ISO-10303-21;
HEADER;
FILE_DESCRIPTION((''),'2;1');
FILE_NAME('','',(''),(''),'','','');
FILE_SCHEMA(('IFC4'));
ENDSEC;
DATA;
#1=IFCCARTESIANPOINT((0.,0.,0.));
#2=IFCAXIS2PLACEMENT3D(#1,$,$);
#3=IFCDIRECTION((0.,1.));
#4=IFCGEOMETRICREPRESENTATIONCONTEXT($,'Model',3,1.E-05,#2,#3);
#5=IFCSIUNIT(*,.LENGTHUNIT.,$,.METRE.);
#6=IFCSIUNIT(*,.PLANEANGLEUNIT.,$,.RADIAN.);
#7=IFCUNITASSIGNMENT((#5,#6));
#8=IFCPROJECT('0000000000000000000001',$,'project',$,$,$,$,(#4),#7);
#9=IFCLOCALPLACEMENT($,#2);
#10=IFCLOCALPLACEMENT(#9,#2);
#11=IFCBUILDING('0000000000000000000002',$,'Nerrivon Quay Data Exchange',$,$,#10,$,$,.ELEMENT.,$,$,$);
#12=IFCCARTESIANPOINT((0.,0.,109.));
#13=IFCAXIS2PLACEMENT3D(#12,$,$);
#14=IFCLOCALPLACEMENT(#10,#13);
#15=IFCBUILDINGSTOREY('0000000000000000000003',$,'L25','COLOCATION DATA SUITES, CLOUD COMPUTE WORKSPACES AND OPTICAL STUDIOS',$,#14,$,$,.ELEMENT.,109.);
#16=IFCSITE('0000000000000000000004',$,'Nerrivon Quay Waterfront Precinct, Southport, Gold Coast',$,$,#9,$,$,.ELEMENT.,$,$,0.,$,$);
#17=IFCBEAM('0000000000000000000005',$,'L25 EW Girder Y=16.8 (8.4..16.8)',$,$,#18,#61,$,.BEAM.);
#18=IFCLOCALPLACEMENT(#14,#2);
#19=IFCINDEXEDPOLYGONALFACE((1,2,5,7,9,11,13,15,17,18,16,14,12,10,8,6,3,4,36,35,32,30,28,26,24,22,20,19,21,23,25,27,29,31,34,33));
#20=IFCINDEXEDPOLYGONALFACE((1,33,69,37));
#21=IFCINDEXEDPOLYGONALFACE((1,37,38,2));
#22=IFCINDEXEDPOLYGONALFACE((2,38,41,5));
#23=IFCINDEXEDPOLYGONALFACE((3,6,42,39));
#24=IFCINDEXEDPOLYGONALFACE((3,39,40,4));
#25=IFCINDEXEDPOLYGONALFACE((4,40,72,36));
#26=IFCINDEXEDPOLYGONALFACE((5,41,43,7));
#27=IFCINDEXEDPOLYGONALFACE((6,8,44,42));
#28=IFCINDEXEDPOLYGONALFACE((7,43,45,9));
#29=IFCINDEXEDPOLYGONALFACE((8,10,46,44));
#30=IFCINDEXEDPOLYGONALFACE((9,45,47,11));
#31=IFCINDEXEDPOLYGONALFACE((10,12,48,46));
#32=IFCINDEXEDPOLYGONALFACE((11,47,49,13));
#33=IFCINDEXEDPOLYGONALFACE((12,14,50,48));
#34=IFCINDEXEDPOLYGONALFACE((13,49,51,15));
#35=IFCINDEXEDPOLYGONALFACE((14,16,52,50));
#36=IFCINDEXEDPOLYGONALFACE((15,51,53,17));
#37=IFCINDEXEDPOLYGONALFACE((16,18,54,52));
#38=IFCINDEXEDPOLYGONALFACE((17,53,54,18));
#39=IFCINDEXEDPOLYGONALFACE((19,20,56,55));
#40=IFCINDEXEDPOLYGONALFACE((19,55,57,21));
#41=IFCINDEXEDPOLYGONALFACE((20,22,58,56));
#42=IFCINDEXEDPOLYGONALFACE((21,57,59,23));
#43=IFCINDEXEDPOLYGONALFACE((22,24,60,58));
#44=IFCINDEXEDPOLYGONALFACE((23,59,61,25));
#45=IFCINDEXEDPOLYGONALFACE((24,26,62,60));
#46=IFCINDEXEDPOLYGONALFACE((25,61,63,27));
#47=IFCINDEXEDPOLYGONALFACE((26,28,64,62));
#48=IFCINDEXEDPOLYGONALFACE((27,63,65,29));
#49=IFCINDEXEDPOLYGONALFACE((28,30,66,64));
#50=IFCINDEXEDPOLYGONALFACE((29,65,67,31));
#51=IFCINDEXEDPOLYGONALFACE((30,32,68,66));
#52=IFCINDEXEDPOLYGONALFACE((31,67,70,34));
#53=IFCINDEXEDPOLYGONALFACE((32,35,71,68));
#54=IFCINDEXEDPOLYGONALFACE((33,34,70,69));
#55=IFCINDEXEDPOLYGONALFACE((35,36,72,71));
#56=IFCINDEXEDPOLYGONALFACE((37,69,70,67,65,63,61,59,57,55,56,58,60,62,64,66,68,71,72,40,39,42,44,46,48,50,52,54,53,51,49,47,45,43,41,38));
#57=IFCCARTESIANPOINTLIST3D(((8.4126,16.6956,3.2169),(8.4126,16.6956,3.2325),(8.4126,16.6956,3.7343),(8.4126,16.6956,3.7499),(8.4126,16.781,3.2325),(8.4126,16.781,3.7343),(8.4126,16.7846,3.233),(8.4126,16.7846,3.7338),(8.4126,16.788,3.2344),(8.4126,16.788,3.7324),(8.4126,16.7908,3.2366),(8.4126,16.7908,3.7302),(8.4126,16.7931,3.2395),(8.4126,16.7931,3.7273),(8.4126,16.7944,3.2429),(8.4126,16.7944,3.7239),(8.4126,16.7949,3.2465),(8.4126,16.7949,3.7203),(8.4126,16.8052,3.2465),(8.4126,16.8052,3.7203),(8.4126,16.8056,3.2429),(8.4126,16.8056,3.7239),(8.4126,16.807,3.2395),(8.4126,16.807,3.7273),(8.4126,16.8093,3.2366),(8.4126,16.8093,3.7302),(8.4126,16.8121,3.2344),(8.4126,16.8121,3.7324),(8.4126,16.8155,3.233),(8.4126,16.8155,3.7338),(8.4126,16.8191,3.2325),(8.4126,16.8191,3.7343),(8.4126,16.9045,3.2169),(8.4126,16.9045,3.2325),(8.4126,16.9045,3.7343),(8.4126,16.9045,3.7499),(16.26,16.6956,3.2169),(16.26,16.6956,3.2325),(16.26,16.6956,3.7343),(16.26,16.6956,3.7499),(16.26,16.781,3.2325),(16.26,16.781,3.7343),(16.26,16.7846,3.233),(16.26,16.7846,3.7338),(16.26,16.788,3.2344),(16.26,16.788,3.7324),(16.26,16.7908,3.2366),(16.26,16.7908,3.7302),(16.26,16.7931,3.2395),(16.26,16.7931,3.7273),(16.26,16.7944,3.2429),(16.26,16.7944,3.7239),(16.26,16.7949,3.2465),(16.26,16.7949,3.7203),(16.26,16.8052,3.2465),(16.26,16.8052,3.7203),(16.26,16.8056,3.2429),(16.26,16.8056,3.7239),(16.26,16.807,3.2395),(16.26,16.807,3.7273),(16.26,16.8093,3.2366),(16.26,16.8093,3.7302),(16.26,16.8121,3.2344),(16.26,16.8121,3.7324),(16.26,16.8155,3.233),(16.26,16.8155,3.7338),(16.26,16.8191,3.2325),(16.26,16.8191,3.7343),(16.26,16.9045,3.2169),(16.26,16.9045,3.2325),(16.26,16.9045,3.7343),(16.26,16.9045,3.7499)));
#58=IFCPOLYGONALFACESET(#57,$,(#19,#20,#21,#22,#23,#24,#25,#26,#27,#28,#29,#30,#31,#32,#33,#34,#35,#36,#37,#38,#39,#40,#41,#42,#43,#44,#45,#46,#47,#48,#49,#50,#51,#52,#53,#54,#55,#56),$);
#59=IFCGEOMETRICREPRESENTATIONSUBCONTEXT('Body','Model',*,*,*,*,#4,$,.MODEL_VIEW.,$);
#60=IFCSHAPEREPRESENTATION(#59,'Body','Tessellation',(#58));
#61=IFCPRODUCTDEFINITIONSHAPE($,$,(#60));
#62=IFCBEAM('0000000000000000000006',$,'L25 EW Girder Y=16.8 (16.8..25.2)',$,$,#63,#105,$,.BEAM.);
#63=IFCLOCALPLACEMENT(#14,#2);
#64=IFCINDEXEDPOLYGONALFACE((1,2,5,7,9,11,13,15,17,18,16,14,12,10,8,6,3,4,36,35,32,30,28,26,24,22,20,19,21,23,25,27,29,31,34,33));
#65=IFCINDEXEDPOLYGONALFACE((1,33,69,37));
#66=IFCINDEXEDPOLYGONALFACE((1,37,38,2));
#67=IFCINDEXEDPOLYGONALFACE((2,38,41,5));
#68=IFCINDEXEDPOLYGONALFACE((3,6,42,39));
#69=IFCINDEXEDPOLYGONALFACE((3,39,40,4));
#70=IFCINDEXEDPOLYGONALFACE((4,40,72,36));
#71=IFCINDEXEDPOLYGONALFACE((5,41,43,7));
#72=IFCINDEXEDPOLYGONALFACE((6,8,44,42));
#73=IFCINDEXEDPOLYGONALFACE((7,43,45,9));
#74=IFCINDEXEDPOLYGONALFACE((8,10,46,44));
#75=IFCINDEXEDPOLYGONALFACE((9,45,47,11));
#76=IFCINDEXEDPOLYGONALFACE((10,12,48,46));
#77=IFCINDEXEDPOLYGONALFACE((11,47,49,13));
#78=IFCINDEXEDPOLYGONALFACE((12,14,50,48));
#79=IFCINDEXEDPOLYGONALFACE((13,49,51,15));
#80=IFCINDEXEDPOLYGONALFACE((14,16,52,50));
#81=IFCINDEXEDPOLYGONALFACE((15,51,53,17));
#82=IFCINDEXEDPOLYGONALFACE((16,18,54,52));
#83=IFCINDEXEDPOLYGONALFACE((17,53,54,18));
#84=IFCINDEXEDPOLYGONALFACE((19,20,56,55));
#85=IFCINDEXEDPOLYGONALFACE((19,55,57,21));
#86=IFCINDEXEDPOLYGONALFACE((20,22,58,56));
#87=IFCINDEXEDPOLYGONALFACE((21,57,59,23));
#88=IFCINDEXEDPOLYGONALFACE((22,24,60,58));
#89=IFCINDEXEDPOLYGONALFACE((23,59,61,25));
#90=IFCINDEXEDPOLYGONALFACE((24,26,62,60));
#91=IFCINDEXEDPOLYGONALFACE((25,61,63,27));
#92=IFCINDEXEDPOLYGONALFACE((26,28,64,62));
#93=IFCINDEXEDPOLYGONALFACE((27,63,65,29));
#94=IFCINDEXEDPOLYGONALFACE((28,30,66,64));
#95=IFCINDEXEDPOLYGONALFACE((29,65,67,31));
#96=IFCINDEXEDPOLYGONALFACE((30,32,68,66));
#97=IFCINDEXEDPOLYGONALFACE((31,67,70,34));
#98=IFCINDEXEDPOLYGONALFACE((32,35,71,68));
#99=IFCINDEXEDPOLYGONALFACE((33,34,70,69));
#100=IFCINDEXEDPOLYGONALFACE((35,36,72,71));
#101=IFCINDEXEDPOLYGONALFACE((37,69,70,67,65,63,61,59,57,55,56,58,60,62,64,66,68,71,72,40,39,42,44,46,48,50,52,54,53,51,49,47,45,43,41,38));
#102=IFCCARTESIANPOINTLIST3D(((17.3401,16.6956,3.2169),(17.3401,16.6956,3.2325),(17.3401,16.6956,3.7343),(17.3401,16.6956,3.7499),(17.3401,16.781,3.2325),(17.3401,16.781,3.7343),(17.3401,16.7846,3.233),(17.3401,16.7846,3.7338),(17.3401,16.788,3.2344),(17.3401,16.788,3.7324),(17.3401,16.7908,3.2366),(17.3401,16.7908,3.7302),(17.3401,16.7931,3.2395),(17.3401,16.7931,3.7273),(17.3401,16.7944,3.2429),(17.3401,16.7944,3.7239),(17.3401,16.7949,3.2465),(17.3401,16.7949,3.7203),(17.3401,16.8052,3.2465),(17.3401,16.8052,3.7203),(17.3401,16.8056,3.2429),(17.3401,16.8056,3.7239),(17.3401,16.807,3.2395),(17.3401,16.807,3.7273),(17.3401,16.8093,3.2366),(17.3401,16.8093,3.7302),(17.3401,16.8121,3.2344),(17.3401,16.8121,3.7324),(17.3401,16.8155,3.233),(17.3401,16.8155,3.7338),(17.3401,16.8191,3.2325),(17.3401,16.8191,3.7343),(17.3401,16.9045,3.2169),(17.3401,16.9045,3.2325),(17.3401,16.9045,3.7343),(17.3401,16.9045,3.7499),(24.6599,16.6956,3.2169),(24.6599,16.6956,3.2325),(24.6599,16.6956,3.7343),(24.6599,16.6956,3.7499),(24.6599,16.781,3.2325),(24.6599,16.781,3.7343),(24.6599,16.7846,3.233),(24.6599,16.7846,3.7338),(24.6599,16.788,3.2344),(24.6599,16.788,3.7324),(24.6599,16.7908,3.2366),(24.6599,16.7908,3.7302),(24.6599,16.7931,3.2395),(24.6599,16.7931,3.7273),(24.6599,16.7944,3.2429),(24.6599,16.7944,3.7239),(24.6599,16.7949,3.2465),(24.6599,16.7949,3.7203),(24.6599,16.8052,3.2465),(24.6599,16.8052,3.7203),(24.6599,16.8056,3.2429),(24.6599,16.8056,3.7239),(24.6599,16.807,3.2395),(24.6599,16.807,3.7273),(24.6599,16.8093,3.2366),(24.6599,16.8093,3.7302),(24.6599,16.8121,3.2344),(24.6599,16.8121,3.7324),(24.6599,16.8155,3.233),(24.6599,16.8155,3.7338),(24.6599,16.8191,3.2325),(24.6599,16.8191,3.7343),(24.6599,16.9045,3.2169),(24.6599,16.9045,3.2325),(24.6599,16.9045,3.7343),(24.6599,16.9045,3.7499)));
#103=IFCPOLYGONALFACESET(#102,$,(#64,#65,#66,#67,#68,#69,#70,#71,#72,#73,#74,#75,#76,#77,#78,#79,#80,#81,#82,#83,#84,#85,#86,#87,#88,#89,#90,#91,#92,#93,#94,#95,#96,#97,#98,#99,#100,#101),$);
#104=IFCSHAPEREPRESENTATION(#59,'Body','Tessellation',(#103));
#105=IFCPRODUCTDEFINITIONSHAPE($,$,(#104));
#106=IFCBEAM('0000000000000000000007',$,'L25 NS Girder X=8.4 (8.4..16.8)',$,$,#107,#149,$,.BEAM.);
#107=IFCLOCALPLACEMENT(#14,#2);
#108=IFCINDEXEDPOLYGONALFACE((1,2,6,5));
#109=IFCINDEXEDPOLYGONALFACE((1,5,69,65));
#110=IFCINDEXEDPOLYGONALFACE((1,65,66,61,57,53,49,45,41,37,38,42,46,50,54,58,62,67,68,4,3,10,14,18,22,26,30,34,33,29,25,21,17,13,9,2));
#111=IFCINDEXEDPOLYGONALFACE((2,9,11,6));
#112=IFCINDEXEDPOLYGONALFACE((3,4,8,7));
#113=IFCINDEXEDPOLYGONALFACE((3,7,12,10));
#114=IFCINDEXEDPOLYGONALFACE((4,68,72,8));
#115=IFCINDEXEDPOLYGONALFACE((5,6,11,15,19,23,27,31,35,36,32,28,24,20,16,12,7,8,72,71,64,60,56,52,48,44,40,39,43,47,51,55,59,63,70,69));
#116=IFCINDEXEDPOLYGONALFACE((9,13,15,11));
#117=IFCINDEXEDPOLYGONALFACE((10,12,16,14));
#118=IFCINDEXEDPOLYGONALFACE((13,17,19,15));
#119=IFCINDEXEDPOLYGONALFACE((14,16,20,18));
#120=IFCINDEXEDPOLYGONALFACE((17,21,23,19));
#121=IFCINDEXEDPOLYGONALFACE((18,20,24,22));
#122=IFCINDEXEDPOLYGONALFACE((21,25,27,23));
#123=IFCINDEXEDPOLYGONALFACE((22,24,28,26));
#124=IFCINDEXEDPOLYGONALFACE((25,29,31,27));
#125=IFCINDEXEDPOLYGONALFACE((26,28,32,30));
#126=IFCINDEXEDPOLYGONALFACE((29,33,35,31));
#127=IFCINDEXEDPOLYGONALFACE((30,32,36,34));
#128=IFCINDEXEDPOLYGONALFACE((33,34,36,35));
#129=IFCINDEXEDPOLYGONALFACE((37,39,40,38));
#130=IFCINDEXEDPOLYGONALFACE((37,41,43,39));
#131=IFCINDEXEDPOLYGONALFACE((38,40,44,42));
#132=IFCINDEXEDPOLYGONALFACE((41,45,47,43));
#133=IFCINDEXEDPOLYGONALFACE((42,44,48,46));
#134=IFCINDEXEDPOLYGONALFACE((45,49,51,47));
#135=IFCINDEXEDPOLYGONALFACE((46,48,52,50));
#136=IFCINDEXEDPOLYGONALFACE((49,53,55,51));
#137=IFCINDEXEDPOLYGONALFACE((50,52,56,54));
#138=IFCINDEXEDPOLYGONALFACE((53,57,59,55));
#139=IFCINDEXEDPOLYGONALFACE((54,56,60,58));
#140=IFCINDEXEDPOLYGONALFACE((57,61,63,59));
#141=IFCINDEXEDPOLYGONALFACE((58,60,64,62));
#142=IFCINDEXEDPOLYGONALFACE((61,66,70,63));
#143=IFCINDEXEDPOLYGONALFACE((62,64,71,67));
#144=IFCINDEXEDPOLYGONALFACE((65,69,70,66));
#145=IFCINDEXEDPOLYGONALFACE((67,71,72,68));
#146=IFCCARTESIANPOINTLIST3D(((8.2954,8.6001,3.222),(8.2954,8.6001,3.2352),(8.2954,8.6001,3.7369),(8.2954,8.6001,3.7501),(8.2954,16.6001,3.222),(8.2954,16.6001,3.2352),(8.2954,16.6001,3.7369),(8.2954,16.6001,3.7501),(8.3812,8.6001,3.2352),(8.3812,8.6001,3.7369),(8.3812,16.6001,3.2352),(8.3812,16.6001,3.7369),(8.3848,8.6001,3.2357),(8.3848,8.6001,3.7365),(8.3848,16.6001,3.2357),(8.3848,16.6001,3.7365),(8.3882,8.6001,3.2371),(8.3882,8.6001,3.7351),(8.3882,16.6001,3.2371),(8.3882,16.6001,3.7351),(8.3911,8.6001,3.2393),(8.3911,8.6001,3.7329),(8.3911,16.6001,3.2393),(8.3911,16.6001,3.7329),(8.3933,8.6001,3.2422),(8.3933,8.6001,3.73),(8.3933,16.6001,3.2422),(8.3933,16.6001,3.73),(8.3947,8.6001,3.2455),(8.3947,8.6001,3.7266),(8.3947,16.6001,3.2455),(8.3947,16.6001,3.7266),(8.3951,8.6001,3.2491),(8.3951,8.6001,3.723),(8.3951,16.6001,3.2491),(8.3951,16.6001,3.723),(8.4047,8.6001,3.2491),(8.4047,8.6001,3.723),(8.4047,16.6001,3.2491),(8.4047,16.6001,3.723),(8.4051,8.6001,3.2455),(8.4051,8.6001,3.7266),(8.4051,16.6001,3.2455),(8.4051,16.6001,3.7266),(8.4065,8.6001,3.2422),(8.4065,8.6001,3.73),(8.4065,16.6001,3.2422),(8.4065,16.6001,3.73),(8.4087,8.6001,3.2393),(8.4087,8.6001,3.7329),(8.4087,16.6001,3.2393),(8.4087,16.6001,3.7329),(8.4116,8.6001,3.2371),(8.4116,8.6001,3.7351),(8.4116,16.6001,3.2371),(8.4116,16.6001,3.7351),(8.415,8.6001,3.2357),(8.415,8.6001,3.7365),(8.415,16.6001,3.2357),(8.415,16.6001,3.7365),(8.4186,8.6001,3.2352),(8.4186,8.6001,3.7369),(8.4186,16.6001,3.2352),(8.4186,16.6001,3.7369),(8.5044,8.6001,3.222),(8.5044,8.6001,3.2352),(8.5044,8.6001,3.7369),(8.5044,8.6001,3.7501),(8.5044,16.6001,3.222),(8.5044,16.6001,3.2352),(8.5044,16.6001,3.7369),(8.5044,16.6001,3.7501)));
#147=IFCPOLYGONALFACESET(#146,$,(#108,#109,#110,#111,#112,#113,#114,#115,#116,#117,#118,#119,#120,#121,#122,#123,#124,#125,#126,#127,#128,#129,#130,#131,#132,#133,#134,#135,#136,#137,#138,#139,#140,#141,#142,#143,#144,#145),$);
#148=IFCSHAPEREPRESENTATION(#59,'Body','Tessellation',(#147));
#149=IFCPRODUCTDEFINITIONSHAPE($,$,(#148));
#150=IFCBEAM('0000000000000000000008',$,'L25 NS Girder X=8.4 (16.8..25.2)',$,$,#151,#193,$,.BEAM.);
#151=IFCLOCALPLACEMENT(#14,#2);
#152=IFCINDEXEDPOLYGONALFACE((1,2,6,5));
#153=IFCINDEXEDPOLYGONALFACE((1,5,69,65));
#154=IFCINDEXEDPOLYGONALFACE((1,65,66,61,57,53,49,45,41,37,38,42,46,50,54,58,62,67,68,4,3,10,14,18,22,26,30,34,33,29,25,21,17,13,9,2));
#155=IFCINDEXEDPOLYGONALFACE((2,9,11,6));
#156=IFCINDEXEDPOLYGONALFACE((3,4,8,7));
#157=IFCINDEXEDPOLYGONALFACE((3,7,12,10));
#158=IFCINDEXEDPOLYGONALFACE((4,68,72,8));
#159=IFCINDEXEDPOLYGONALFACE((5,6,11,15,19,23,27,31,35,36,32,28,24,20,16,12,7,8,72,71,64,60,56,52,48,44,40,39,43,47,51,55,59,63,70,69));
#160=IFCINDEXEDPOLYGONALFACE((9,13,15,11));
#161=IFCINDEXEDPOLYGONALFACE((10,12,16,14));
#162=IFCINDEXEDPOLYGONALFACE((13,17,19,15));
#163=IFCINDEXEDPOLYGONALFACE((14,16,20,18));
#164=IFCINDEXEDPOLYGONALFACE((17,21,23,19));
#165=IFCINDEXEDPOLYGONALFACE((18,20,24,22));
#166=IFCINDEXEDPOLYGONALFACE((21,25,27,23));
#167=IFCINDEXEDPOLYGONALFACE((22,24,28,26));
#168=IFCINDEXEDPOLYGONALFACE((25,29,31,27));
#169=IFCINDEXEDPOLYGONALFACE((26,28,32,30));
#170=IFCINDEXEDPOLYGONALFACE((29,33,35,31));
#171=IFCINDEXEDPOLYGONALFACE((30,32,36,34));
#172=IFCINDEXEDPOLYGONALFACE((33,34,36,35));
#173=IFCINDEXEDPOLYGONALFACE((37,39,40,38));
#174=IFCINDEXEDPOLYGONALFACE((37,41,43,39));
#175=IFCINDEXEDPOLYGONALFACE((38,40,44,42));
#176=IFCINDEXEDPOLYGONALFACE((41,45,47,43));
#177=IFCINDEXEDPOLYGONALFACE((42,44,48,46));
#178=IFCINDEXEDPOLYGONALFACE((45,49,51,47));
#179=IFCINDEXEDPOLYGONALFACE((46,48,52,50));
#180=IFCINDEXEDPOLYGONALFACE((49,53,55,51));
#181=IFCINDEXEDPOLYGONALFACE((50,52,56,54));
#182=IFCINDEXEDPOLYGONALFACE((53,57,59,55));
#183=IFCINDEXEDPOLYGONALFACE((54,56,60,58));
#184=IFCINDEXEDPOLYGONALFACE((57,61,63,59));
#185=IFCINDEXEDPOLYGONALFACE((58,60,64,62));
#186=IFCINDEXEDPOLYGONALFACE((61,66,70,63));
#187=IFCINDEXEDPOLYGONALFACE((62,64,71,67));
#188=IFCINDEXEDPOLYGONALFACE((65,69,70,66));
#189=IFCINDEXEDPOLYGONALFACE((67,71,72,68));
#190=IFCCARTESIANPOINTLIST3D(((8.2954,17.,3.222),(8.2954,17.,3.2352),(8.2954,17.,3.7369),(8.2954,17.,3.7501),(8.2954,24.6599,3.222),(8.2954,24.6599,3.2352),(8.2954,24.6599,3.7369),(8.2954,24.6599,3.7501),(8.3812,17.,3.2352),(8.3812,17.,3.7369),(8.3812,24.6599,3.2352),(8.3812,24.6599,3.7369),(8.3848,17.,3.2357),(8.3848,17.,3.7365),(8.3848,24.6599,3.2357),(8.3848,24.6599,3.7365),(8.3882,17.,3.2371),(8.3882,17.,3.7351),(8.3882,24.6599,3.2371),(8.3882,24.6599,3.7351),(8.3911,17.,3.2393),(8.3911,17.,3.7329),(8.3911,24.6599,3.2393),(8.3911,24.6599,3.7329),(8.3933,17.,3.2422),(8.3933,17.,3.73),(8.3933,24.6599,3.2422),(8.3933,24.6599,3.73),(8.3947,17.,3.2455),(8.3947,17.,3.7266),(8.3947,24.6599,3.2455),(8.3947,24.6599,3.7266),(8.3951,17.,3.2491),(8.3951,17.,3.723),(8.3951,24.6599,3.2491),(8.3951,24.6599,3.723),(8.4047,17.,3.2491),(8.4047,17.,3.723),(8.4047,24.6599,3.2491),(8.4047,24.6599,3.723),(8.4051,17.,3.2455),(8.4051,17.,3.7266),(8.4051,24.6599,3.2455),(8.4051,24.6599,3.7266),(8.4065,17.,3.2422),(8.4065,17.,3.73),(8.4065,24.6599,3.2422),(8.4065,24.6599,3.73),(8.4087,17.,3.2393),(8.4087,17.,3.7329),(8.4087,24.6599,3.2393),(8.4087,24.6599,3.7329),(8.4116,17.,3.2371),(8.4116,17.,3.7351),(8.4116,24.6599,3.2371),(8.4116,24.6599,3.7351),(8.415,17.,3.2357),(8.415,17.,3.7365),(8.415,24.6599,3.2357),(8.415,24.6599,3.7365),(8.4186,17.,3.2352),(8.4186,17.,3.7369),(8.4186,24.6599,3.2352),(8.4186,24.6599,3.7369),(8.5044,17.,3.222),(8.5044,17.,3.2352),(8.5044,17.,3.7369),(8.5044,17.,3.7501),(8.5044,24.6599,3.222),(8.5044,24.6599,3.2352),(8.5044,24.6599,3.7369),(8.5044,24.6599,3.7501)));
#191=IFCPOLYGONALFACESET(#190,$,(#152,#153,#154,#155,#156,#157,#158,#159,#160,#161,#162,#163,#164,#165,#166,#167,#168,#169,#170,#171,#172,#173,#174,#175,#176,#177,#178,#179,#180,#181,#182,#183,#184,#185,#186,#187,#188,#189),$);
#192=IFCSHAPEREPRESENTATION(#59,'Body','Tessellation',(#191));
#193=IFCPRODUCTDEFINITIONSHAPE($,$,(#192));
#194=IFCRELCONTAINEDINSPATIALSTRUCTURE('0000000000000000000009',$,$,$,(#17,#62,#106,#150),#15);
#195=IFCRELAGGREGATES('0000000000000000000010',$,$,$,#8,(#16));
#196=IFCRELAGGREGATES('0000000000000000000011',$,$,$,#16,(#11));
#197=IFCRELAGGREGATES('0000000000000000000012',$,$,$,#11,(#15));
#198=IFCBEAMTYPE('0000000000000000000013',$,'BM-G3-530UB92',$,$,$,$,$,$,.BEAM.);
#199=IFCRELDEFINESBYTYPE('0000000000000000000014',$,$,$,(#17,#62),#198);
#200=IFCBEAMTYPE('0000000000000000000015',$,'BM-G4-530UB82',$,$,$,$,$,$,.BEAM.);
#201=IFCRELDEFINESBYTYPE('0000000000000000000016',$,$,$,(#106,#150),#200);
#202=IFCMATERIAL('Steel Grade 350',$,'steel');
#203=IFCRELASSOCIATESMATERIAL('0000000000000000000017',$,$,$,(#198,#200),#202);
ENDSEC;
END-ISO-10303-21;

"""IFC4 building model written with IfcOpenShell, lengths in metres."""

from ifc_helpers import new_model, si_unit, direction, frame, origin, origin_2d, place, context, subcontext, project, spatial, i_section, extrude, material, material_profile, profile_set, type_object, element, save


model = new_model("IFC4")

# Units and contexts
model_context = context("Model", 3, precision=1e-05, world=origin(), true_north=direction((0.0, 1.0)))
body_context = subcontext(model_context, "Body", "Model", "MODEL_VIEW")
ifc_project = project(units=[si_unit("LENGTHUNIT", "METRE"), si_unit("PLANEANGLEUNIT", "RADIAN")], contexts=[model_context])

# Site, building, storey
site_placement = place(None, origin())
site = spatial("IfcSite", under=ifc_project, at=site_placement, Name="Nerrivon Quay Waterfront Precinct, Southport, Gold Coast", CompositionType="ELEMENT", RefElevation=0.0)
building_placement = place(site_placement, origin())
building = spatial("IfcBuilding", under=site, at=building_placement, Name="Nerrivon Quay Data Exchange", CompositionType="ELEMENT")
storey_placement = place(building_placement, frame((0.0, 0.0, 109.0)))
storey = spatial("IfcBuildingStorey", under=building, at=storey_placement, Name="L25", Description="COLOCATION DATA SUITES, CLOUD COMPUTE WORKSPACES AND OPTICAL STUDIOS", CompositionType="ELEMENT", Elevation=109.0)

# Shared definitions
ifc_material_1 = material(Name="Steel Grade 350", Category="steel")

# Beams
ifc_material_profile_1 = material_profile(ifc_material_1, i_section(OverallWidth=0.209, OverallDepth=0.533, WebThickness=0.0103, FlangeThickness=0.0156, FilletRadius=0.0139, at=origin_2d()), Name="530UB92.4")
ifc_profile_set_1 = profile_set([ifc_material_profile_1], Name="Steel Grade 350")
beam_type_1 = type_object("IfcBeamType", Name="BM-G3-530UB92", PredefinedType="BEAM", material=ifc_profile_set_1)
beam_1_placement = place(storey_placement, frame((8.4126, 16.8, 3.4834), z_axis=(1.0, 0.0, 0.0), x_axis=(0.0, 1.0, 0.0)))
element("IfcBeam", 1, at=beam_1_placement, inside=storey, type_object=beam_type_1, Name="L25 EW Girder Y=16.8 (8.4..16.8)", PredefinedType="BEAM", context=body_context, shape_type="SweptSolid", body=[
    extrude(i_section(OverallWidth=0.209, OverallDepth=0.533, WebThickness=0.0103, FlangeThickness=0.0156, FilletRadius=0.0139, at=origin_2d()), origin(), (0.0, 0.0, 1.0), 7.8474),
])
beam_2_placement = place(storey_placement, frame((17.3401, 16.8, 3.4834), z_axis=(1.0, 0.0, 0.0), x_axis=(0.0, 1.0, 0.0)))
element("IfcBeam", 2, at=beam_2_placement, inside=storey, type_object=beam_type_1, Name="L25 EW Girder Y=16.8 (16.8..25.2)", PredefinedType="BEAM", context=body_context, shape_type="SweptSolid", body=[
    extrude(i_section(OverallWidth=0.209, OverallDepth=0.533, WebThickness=0.0103, FlangeThickness=0.0156, FilletRadius=0.0139, at=origin_2d()), origin(), (0.0, 0.0, 1.0), 7.3198),
])
ifc_material_profile_2 = material_profile(ifc_material_1, i_section(OverallWidth=0.209, OverallDepth=0.5281, WebThickness=0.0095, FlangeThickness=0.0132, FilletRadius=0.0139, at=origin_2d()), Name="530UB82.0")
ifc_profile_set_2 = profile_set([ifc_material_profile_2], Name="Steel Grade 350")
beam_type_2 = type_object("IfcBeamType", Name="BM-G4-530UB82", PredefinedType="BEAM", material=ifc_profile_set_2)
beam_3_placement = place(storey_placement, frame((8.3999, 8.6001, 3.4861), z_axis=(0.0, 1.0, 0.0), x_axis=(-1.0, 0.0, 0.0)))
element("IfcBeam", 3, at=beam_3_placement, inside=storey, type_object=beam_type_2, Name="L25 NS Girder X=8.4 (8.4..16.8)", PredefinedType="BEAM", context=body_context, shape_type="SweptSolid", body=[
    extrude(i_section(OverallWidth=0.209, OverallDepth=0.5281, WebThickness=0.0095, FlangeThickness=0.0132, FilletRadius=0.0139, at=origin_2d()), origin(), (0.0, 0.0, 1.0), 8.0),
])
beam_4_placement = place(storey_placement, frame((8.3999, 17.0, 3.4861), z_axis=(0.0, 1.0, 0.0), x_axis=(-1.0, 0.0, 0.0)))
element("IfcBeam", 4, at=beam_4_placement, inside=storey, type_object=beam_type_2, Name="L25 NS Girder X=8.4 (16.8..25.2)", PredefinedType="BEAM", context=body_context, shape_type="SweptSolid", body=[
    extrude(i_section(OverallWidth=0.209, OverallDepth=0.5281, WebThickness=0.0095, FlangeThickness=0.0132, FilletRadius=0.0139, at=origin_2d()), origin(), (0.0, 0.0, 1.0), 7.6599),
])

save(model, "model.ifc")
